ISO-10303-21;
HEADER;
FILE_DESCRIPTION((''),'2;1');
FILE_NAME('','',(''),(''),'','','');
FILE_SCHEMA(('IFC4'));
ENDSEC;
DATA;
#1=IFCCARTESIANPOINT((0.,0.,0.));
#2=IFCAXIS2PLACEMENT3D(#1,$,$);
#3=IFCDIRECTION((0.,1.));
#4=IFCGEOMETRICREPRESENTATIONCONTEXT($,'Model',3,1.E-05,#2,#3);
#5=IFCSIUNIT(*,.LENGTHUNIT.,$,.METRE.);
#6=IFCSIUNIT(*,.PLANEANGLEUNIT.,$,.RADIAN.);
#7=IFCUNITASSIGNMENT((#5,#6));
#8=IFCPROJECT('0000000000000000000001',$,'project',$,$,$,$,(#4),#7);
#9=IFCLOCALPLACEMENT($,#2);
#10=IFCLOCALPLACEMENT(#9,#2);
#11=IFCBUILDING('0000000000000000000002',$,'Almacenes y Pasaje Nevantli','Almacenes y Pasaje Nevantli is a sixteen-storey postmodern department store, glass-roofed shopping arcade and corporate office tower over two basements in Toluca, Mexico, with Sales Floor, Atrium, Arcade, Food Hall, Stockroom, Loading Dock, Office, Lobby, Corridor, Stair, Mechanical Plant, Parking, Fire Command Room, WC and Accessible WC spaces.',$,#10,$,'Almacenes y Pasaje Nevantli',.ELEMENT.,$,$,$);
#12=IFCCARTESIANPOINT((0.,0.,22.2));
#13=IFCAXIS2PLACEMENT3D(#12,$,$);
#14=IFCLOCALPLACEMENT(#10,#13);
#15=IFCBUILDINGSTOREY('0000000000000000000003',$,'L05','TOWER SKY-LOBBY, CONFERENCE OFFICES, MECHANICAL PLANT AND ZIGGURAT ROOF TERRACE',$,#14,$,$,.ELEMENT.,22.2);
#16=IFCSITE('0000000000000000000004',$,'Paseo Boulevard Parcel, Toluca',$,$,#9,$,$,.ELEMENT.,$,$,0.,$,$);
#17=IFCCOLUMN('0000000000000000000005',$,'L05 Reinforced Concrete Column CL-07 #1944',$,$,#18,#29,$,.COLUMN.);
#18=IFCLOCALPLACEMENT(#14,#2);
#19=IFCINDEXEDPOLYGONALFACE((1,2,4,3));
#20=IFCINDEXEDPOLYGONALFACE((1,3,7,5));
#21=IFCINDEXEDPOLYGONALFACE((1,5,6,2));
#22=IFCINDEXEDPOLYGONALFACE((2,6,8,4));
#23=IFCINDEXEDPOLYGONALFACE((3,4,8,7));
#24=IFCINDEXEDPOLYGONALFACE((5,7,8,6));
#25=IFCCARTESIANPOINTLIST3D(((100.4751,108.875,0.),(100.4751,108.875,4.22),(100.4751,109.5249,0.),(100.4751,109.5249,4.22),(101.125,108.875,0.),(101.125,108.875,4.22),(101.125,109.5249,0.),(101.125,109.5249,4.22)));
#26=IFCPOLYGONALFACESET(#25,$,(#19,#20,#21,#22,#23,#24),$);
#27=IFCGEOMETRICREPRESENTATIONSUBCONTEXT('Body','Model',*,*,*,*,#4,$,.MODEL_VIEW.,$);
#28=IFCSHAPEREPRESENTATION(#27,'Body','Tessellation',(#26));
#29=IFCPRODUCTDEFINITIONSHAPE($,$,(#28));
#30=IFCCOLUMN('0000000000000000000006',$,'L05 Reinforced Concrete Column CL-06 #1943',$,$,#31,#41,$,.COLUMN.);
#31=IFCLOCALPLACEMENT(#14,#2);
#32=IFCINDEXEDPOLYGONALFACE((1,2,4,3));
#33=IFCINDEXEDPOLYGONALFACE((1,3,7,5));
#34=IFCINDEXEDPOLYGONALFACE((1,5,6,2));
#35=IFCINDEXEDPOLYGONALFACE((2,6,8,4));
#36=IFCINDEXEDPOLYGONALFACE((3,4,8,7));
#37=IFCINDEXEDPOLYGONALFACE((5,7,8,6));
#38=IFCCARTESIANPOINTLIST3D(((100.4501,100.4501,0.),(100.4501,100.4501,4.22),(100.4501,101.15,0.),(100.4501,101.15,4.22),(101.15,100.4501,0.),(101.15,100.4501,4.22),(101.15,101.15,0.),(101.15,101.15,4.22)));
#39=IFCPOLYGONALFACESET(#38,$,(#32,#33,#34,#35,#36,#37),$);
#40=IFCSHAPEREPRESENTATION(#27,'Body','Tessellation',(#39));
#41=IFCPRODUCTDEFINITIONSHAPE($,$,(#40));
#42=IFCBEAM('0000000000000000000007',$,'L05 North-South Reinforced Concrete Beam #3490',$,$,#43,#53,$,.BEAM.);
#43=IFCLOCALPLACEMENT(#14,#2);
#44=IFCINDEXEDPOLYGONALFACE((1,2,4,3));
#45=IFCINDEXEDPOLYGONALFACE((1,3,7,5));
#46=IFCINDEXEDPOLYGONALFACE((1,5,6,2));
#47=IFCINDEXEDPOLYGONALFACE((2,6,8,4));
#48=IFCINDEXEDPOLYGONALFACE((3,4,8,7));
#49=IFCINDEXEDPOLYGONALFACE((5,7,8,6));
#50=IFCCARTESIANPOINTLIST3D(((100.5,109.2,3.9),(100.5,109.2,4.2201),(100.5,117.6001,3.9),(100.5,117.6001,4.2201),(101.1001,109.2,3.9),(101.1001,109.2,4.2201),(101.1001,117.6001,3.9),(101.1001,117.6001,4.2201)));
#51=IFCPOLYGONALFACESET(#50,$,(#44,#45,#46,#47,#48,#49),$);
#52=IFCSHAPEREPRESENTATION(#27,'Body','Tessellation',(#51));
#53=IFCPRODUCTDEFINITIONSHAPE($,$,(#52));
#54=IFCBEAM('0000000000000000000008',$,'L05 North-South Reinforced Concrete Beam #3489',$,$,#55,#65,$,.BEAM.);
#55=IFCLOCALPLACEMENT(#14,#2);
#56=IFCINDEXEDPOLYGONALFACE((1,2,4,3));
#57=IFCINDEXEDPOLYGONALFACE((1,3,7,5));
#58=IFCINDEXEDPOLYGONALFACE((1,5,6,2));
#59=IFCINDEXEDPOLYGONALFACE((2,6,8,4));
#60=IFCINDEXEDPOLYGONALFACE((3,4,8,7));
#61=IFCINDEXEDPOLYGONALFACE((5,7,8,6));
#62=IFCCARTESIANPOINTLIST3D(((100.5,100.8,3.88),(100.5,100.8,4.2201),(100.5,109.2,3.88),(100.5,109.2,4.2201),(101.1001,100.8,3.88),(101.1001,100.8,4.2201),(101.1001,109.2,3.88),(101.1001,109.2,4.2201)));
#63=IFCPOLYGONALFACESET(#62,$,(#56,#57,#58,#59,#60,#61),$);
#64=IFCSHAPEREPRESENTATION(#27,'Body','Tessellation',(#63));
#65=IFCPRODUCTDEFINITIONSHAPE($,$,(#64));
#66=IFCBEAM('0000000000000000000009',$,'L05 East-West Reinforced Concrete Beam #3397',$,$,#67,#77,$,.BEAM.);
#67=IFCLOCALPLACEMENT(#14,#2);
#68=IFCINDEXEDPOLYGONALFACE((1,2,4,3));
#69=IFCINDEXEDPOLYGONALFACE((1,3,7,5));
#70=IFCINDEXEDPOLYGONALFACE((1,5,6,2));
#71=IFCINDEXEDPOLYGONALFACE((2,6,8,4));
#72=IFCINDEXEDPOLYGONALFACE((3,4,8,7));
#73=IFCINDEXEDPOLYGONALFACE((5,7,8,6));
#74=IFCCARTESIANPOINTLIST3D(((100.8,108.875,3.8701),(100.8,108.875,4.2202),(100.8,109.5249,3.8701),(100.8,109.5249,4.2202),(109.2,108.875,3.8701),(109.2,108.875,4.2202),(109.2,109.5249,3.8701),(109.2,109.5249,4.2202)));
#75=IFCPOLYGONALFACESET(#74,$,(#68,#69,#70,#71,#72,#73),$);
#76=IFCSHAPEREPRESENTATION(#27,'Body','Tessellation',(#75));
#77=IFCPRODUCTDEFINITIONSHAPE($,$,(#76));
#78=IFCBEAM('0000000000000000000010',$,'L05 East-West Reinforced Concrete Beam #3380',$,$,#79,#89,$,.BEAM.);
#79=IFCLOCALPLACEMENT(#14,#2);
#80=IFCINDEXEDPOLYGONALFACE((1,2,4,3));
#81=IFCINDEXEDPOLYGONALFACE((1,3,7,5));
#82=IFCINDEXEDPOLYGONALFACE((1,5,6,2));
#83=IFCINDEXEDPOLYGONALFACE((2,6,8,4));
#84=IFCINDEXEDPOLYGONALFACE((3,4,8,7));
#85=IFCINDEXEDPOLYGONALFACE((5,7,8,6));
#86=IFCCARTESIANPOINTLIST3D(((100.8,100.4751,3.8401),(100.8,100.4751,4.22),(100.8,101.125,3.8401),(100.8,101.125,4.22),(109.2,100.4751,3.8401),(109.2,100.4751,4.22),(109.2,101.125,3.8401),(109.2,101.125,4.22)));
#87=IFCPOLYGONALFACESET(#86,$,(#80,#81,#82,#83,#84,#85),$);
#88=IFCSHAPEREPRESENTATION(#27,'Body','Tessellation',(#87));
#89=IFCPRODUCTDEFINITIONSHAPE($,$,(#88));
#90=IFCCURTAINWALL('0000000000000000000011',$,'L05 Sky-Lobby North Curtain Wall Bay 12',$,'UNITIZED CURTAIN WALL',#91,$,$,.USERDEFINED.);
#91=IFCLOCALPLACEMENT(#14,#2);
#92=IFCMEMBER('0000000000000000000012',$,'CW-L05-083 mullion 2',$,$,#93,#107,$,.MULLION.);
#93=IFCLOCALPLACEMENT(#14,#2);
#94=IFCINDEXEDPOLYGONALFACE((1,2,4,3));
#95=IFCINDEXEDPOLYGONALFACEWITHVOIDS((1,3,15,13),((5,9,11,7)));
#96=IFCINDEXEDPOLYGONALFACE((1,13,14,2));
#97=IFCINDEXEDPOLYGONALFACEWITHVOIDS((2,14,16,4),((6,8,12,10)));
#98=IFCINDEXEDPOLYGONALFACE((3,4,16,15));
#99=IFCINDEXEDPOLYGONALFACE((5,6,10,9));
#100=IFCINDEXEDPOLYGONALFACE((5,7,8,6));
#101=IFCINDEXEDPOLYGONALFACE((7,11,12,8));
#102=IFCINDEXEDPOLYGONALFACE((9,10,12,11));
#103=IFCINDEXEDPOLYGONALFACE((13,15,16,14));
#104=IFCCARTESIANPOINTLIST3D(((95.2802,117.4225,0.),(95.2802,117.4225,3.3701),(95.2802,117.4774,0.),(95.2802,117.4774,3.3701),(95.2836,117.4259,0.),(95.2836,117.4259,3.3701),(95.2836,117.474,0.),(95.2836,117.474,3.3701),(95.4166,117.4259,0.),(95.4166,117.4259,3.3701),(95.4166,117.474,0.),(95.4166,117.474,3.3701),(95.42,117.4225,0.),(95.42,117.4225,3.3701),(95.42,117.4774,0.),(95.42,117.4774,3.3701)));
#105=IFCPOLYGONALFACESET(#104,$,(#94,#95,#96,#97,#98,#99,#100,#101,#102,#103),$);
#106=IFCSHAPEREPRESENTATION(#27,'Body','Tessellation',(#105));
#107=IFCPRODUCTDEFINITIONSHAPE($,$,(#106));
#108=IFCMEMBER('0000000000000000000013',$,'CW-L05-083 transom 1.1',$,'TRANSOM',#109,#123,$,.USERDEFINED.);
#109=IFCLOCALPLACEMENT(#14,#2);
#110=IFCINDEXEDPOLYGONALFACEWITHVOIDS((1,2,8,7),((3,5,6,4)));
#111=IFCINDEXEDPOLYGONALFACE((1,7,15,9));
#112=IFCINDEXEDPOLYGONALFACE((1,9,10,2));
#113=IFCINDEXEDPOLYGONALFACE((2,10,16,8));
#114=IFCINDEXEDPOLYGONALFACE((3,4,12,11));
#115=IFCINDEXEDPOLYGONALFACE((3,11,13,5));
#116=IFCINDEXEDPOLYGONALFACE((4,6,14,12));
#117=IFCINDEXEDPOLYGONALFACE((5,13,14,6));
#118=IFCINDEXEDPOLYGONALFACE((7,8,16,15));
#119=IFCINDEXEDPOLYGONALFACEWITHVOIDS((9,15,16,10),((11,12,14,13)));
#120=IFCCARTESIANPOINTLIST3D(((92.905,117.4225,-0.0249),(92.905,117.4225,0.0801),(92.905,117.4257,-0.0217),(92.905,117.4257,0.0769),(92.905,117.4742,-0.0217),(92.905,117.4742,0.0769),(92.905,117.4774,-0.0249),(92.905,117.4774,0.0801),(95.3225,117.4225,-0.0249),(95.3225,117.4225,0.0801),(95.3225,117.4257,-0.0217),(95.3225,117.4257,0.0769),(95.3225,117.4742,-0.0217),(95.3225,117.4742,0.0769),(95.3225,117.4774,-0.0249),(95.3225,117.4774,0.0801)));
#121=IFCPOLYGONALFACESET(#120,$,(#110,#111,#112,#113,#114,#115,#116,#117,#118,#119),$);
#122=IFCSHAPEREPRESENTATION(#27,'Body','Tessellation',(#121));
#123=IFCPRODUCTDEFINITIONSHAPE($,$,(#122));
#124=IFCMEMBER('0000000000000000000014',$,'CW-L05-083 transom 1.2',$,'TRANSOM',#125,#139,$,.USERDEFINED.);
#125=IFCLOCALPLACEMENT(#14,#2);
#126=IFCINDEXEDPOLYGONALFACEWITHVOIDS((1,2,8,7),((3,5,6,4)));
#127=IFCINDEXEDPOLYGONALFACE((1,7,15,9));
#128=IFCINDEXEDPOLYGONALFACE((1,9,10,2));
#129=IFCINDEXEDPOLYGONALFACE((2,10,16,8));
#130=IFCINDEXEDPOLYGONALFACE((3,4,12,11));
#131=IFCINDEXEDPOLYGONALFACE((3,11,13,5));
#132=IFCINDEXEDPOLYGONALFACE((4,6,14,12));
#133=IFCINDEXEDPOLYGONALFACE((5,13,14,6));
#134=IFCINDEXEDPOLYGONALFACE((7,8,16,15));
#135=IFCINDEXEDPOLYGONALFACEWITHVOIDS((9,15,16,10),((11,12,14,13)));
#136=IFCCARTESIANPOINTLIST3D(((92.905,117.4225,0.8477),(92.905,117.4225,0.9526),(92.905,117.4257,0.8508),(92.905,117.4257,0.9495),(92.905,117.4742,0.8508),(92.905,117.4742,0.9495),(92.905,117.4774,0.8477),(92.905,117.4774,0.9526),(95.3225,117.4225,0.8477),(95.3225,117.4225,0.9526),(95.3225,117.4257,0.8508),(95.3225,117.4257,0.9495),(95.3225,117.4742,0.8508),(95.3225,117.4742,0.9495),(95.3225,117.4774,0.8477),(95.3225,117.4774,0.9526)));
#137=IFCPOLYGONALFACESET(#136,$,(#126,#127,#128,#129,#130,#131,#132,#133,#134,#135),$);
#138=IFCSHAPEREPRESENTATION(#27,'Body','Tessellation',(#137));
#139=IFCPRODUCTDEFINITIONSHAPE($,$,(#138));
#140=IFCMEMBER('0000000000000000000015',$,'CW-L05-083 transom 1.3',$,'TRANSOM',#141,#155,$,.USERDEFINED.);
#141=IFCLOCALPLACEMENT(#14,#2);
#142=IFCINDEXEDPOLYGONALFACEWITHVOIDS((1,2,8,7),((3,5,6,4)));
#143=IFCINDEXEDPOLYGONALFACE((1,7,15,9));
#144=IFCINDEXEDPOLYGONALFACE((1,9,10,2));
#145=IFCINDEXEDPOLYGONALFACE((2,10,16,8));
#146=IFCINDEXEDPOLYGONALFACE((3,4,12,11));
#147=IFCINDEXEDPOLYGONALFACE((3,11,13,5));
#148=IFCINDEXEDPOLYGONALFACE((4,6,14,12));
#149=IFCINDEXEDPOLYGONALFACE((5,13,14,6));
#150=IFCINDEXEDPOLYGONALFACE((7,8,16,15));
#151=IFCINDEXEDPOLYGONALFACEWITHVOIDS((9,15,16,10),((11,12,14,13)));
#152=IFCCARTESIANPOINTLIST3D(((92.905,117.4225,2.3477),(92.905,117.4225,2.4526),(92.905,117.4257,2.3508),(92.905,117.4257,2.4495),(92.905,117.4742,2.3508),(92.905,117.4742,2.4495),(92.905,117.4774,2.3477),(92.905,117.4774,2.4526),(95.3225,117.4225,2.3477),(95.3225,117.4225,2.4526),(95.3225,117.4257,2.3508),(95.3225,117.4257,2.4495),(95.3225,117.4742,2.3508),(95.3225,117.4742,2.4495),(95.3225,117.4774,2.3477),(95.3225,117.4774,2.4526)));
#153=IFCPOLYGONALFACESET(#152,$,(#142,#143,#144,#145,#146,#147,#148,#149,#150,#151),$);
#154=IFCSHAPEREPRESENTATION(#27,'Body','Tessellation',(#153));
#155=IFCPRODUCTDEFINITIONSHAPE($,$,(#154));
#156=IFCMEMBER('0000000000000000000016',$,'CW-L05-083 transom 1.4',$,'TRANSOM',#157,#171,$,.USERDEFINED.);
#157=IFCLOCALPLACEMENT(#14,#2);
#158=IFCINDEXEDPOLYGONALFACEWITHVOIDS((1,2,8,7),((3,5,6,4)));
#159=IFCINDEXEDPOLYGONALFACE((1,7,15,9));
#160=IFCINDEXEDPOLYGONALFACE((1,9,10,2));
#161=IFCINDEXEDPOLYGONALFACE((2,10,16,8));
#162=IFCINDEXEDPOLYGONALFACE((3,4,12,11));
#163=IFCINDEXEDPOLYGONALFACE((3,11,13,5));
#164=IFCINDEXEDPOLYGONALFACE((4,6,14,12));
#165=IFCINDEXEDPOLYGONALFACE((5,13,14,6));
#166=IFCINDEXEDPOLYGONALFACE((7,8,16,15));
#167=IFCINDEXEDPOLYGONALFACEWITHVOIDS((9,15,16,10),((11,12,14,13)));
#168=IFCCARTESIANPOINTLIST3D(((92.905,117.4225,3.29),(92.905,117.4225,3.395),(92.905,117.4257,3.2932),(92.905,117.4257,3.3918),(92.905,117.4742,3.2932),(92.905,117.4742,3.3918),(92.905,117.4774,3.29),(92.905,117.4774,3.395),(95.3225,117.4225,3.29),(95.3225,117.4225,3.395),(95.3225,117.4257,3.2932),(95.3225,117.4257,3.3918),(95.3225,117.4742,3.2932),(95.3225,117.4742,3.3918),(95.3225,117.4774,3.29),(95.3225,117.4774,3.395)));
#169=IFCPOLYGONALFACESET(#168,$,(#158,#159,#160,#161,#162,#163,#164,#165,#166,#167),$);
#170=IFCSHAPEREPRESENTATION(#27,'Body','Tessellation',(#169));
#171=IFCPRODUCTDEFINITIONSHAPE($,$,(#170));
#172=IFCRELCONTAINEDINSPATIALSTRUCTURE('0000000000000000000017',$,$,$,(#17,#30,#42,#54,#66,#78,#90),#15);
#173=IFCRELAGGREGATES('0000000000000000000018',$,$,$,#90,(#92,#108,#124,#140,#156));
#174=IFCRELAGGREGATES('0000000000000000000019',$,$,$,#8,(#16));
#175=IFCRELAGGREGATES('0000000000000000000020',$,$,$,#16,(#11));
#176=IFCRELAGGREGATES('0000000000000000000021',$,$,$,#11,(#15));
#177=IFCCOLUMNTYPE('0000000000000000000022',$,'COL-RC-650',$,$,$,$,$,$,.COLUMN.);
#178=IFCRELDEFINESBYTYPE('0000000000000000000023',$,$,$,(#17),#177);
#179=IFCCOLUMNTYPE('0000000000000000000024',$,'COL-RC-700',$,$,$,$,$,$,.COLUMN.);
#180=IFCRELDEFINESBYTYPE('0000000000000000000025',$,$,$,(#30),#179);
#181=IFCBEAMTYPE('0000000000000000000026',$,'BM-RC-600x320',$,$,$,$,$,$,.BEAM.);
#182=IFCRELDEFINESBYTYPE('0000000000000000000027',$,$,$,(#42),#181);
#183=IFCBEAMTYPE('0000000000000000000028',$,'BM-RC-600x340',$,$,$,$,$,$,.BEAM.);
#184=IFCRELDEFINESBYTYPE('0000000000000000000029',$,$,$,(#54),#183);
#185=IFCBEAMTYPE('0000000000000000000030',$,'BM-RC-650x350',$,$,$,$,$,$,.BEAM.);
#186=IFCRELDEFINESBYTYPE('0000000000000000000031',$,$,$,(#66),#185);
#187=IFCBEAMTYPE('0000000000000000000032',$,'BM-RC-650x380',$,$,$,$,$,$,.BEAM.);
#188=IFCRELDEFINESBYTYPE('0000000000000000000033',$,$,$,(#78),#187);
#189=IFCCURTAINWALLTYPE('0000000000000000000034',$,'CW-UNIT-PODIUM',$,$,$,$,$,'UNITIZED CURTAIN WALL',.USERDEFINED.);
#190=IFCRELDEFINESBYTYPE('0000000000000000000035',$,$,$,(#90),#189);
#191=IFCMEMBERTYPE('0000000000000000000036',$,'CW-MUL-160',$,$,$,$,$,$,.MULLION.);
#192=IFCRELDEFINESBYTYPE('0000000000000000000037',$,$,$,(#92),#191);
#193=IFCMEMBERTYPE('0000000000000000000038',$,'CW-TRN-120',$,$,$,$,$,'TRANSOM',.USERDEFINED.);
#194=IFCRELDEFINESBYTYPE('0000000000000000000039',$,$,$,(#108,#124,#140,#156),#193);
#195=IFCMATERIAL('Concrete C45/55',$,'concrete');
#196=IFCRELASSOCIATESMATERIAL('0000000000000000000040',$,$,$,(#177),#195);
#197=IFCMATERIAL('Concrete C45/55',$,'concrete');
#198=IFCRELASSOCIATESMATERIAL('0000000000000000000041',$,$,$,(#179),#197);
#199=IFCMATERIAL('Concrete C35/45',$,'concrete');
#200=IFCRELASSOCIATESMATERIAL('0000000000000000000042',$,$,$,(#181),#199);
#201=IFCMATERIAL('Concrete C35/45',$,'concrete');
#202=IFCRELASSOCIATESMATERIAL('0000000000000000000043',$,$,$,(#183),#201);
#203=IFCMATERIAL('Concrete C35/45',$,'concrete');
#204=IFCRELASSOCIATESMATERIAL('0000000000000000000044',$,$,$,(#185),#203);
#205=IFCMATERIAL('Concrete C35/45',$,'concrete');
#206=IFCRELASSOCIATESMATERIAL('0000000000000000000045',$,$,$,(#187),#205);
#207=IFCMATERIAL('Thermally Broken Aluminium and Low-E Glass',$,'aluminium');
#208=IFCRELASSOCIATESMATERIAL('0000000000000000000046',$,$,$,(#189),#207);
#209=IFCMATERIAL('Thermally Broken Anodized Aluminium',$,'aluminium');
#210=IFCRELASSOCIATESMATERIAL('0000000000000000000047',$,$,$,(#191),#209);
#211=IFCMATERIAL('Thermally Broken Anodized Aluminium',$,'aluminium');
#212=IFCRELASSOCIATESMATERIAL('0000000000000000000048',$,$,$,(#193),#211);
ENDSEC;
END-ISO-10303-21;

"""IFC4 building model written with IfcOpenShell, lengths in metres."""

from ifc_helpers import new_model, si_unit, direction, frame, origin, origin_2d, place, context, subcontext, project, spatial, rectangle, hollow_rectangle, extrude, material, material_profile, profile_set, type_object, element, aggregate, save


model = new_model("IFC4")

# Units and contexts
model_context = context("Model", 3, precision=1e-05, world=origin(), true_north=direction((0.0, 1.0)))
body_context = subcontext(model_context, "Body", "Model", "MODEL_VIEW")
ifc_project = project(units=[si_unit("LENGTHUNIT", "METRE"), si_unit("PLANEANGLEUNIT", "RADIAN")], contexts=[model_context])

# Site, building, storey
site_placement = place(None, origin())
site = spatial("IfcSite", under=ifc_project, at=site_placement, Name="Paseo Boulevard Parcel, Toluca", CompositionType="ELEMENT", RefElevation=0.0)
building_placement = place(site_placement, origin())
building = spatial("IfcBuilding", under=site, at=building_placement, Name="Almacenes y Pasaje Nevantli", Description="Almacenes y Pasaje Nevantli is a sixteen-storey postmodern department store, glass-roofed shopping arcade and corporate office tower over two basements in Toluca, Mexico, with Sales Floor, Atrium, Arcade, Food Hall, Stockroom, Loading Dock, Office, Lobby, Corridor, Stair, Mechanical Plant, Parking, Fire Command Room, WC and Accessible WC spaces.", LongName="Almacenes y Pasaje Nevantli", CompositionType="ELEMENT")
storey_placement = place(building_placement, frame((0.0, 0.0, 22.2)))
storey = spatial("IfcBuildingStorey", under=building, at=storey_placement, Name="L05", Description="TOWER SKY-LOBBY, CONFERENCE OFFICES, MECHANICAL PLANT AND ZIGGURAT ROOF TERRACE", CompositionType="ELEMENT", Elevation=22.2)

# Columns
ifc_material_1 = material(Name="Concrete C45/55", Category="concrete")
ifc_material_profile_1 = material_profile(ifc_material_1, rectangle(XDim=0.6499, YDim=0.6499, at=origin_2d()), Name="RC-COL-650x650")
ifc_profile_set_1 = profile_set([ifc_material_profile_1], Name="Concrete C45/55")
column_type_1 = type_object("IfcColumnType", Name="COL-RC-650", PredefinedType="COLUMN", material=ifc_profile_set_1)
column_1_placement = place(storey_placement, frame((100.8, 109.2, 0.0), z_axis=(0.0, 0.0, 1.0), x_axis=(1.0, 0.0, 0.0)))
element("IfcColumn", 1, at=column_1_placement, inside=storey, type_object=column_type_1, Name="L05 Reinforced Concrete Column CL-07 #1944", PredefinedType="COLUMN", context=body_context, shape_type="SweptSolid", body=[
    extrude(rectangle(XDim=0.6499, YDim=0.6499, at=origin_2d()), origin(), (0.0, 0.0, 1.0), 4.22),
])
ifc_material_2 = material(Name="Concrete C45/55", Category="concrete")
ifc_material_profile_2 = material_profile(ifc_material_2, rectangle(XDim=0.7, YDim=0.7, at=origin_2d()), Name="RC-COL-700x700")
ifc_profile_set_2 = profile_set([ifc_material_profile_2], Name="Concrete C45/55")
column_type_2 = type_object("IfcColumnType", Name="COL-RC-700", PredefinedType="COLUMN", material=ifc_profile_set_2)
column_2_placement = place(storey_placement, frame((100.8, 100.8, 0.0), z_axis=(0.0, 0.0, 1.0), x_axis=(1.0, 0.0, 0.0)))
element("IfcColumn", 2, at=column_2_placement, inside=storey, type_object=column_type_2, Name="L05 Reinforced Concrete Column CL-06 #1943", PredefinedType="COLUMN", context=body_context, shape_type="SweptSolid", body=[
    extrude(rectangle(XDim=0.7, YDim=0.7, at=origin_2d()), origin(), (0.0, 0.0, 1.0), 4.22),
])

# Beams
ifc_material_3 = material(Name="Concrete C35/45", Category="concrete")
ifc_material_profile_3 = material_profile(ifc_material_3, rectangle(XDim=0.6001, YDim=0.3201, at=origin_2d()), Name="RC-BM-600x320")
ifc_profile_set_3 = profile_set([ifc_material_profile_3], Name="Concrete C35/45")
beam_type_1 = type_object("IfcBeamType", Name="BM-RC-600x320", PredefinedType="BEAM", material=ifc_profile_set_3)
beam_1_placement = place(storey_placement, frame((100.8, 109.2, 4.0601), z_axis=(0.0, 1.0, 0.0), x_axis=(-1.0, 0.0, 0.0)))
element("IfcBeam", 3, at=beam_1_placement, inside=storey, type_object=beam_type_1, Name="L05 North-South Reinforced Concrete Beam #3490", PredefinedType="BEAM", context=body_context, shape_type="SweptSolid", body=[
    extrude(rectangle(XDim=0.6001, YDim=0.3201, at=origin_2d()), origin(), (0.0, 0.0, 1.0), 8.4001),
])
ifc_material_4 = material(Name="Concrete C35/45", Category="concrete")
ifc_material_profile_4 = material_profile(ifc_material_4, rectangle(XDim=0.6001, YDim=0.3401, at=origin_2d()), Name="RC-BM-600x340")
ifc_profile_set_4 = profile_set([ifc_material_profile_4], Name="Concrete C35/45")
beam_type_2 = type_object("IfcBeamType", Name="BM-RC-600x340", PredefinedType="BEAM", material=ifc_profile_set_4)
beam_2_placement = place(storey_placement, frame((100.8, 100.8, 4.05), z_axis=(0.0, 1.0, 0.0), x_axis=(-1.0, 0.0, 0.0)))
element("IfcBeam", 4, at=beam_2_placement, inside=storey, type_object=beam_type_2, Name="L05 North-South Reinforced Concrete Beam #3489", PredefinedType="BEAM", context=body_context, shape_type="SweptSolid", body=[
    extrude(rectangle(XDim=0.6001, YDim=0.3401, at=origin_2d()), origin(), (0.0, 0.0, 1.0), 8.3999),
])
ifc_material_5 = material(Name="Concrete C35/45", Category="concrete")
ifc_material_profile_5 = material_profile(ifc_material_5, rectangle(XDim=0.6499, YDim=0.3501, at=origin_2d()), Name="RC-BM-650x350")
ifc_profile_set_5 = profile_set([ifc_material_profile_5], Name="Concrete C35/45")
beam_type_3 = type_object("IfcBeamType", Name="BM-RC-650x350", PredefinedType="BEAM", material=ifc_profile_set_5)
beam_3_placement = place(storey_placement, frame((100.8, 109.2, 4.0452), z_axis=(1.0, 0.0, 0.0), x_axis=(0.0, 1.0, 0.0)))
element("IfcBeam", 5, at=beam_3_placement, inside=storey, type_object=beam_type_3, Name="L05 East-West Reinforced Concrete Beam #3397", PredefinedType="BEAM", context=body_context, shape_type="SweptSolid", body=[
    extrude(rectangle(XDim=0.6499, YDim=0.3501, at=origin_2d()), origin(), (0.0, 0.0, 1.0), 8.3999),
])
ifc_material_6 = material(Name="Concrete C35/45", Category="concrete")
ifc_material_profile_6 = material_profile(ifc_material_6, rectangle(XDim=0.6499, YDim=0.3799, at=origin_2d()), Name="RC-BM-650x380")
ifc_profile_set_6 = profile_set([ifc_material_profile_6], Name="Concrete C35/45")
beam_type_4 = type_object("IfcBeamType", Name="BM-RC-650x380", PredefinedType="BEAM", material=ifc_profile_set_6)
beam_4_placement = place(storey_placement, frame((100.8, 100.8, 4.03), z_axis=(1.0, 0.0, 0.0), x_axis=(0.0, 1.0, 0.0)))
element("IfcBeam", 6, at=beam_4_placement, inside=storey, type_object=beam_type_4, Name="L05 East-West Reinforced Concrete Beam #3380", PredefinedType="BEAM", context=body_context, shape_type="SweptSolid", body=[
    extrude(rectangle(XDim=0.6499, YDim=0.3799, at=origin_2d()), origin(), (0.0, 0.0, 1.0), 8.3999),
])

# Curtain wall, members
ifc_material_7 = material(Name="Thermally Broken Aluminium and Low-E Glass", Category="aluminium")
curtain_wall_type = type_object("IfcCurtainWallType", Name="CW-UNIT-PODIUM", ElementType="UNITIZED CURTAIN WALL", PredefinedType="USERDEFINED", material=ifc_material_7)
curtain_wall_placement = place(storey_placement, origin())
curtain_wall = element("IfcCurtainWall", 7, at=curtain_wall_placement, inside=storey, type_object=curtain_wall_type, Name="L05 Sky-Lobby North Curtain Wall Bay 12", ObjectType="UNITIZED CURTAIN WALL", PredefinedType="USERDEFINED")
ifc_material_8 = material(Name="Thermally Broken Anodized Aluminium", Category="aluminium")
ifc_material_profile_7 = material_profile(ifc_material_8, hollow_rectangle(XDim=0.0549, YDim=0.1399, WallThickness=0.0034, at=origin_2d()), Name="ALU-MUL-55x140")
ifc_profile_set_7 = profile_set([ifc_material_profile_7], Name="Thermally Broken Anodized Aluminium")
member_type_1 = type_object("IfcMemberType", Name="CW-MUL-160", PredefinedType="MULLION", material=ifc_profile_set_7)
member_1_placement = place(storey_placement, frame((95.3501, 117.45, 0.0), z_axis=(0.0, 0.0, 1.0), x_axis=(0.0, 1.0, 0.0)))
member_1 = element("IfcMember", 8, at=member_1_placement, type_object=member_type_1, Name="CW-L05-083 mullion 2", PredefinedType="MULLION", context=body_context, shape_type="SweptSolid", body=[
    extrude(hollow_rectangle(XDim=0.0549, YDim=0.1399, WallThickness=0.0034, at=origin_2d()), origin(), (0.0, 0.0, 1.0), 3.3701),
])
ifc_material_9 = material(Name="Thermally Broken Anodized Aluminium", Category="aluminium")
ifc_material_profile_8 = material_profile(ifc_material_9, hollow_rectangle(XDim=0.0549, YDim=0.105, WallThickness=0.0032, at=origin_2d()), Name="ALU-TRN-55x105")
ifc_profile_set_8 = profile_set([ifc_material_profile_8], Name="Thermally Broken Anodized Aluminium")
member_type_2 = type_object("IfcMemberType", Name="CW-TRN-120", ElementType="TRANSOM", PredefinedType="USERDEFINED", material=ifc_profile_set_8)
member_2_placement = place(storey_placement, frame((92.905, 117.45, 0.0276), z_axis=(1.0, 0.0, 0.0), x_axis=(0.0, 1.0, 0.0)))
member_2 = element("IfcMember", 9, at=member_2_placement, type_object=member_type_2, Name="CW-L05-083 transom 1.1", ObjectType="TRANSOM", PredefinedType="USERDEFINED", context=body_context, shape_type="SweptSolid", body=[
    extrude(hollow_rectangle(XDim=0.0549, YDim=0.105, WallThickness=0.0032, at=origin_2d()), origin(), (0.0, 0.0, 1.0), 2.4175),
])
member_3_placement = place(storey_placement, frame((92.905, 117.45, 0.9001), z_axis=(1.0, 0.0, 0.0), x_axis=(0.0, 1.0, 0.0)))
member_3 = element("IfcMember", 10, at=member_3_placement, type_object=member_type_2, Name="CW-L05-083 transom 1.2", ObjectType="TRANSOM", PredefinedType="USERDEFINED", context=body_context, shape_type="SweptSolid", body=[
    extrude(hollow_rectangle(XDim=0.0549, YDim=0.105, WallThickness=0.0032, at=origin_2d()), origin(), (0.0, 0.0, 1.0), 2.4175),
])
member_4_placement = place(storey_placement, frame((92.905, 117.45, 2.4001), z_axis=(1.0, 0.0, 0.0), x_axis=(0.0, 1.0, 0.0)))
member_4 = element("IfcMember", 11, at=member_4_placement, type_object=member_type_2, Name="CW-L05-083 transom 1.3", ObjectType="TRANSOM", PredefinedType="USERDEFINED", context=body_context, shape_type="SweptSolid", body=[
    extrude(hollow_rectangle(XDim=0.0549, YDim=0.105, WallThickness=0.0032, at=origin_2d()), origin(), (0.0, 0.0, 1.0), 2.4175),
])
member_5_placement = place(storey_placement, frame((92.905, 117.45, 3.3425), z_axis=(1.0, 0.0, 0.0), x_axis=(0.0, 1.0, 0.0)))
member_5 = element("IfcMember", 12, at=member_5_placement, type_object=member_type_2, Name="CW-L05-083 transom 1.4", ObjectType="TRANSOM", PredefinedType="USERDEFINED", context=body_context, shape_type="SweptSolid", body=[
    extrude(hollow_rectangle(XDim=0.0549, YDim=0.105, WallThickness=0.0032, at=origin_2d()), origin(), (0.0, 0.0, 1.0), 2.4175),
])
aggregate(curtain_wall, [member_1, member_2, member_3, member_4, member_5])

save(model, "model.ifc")
